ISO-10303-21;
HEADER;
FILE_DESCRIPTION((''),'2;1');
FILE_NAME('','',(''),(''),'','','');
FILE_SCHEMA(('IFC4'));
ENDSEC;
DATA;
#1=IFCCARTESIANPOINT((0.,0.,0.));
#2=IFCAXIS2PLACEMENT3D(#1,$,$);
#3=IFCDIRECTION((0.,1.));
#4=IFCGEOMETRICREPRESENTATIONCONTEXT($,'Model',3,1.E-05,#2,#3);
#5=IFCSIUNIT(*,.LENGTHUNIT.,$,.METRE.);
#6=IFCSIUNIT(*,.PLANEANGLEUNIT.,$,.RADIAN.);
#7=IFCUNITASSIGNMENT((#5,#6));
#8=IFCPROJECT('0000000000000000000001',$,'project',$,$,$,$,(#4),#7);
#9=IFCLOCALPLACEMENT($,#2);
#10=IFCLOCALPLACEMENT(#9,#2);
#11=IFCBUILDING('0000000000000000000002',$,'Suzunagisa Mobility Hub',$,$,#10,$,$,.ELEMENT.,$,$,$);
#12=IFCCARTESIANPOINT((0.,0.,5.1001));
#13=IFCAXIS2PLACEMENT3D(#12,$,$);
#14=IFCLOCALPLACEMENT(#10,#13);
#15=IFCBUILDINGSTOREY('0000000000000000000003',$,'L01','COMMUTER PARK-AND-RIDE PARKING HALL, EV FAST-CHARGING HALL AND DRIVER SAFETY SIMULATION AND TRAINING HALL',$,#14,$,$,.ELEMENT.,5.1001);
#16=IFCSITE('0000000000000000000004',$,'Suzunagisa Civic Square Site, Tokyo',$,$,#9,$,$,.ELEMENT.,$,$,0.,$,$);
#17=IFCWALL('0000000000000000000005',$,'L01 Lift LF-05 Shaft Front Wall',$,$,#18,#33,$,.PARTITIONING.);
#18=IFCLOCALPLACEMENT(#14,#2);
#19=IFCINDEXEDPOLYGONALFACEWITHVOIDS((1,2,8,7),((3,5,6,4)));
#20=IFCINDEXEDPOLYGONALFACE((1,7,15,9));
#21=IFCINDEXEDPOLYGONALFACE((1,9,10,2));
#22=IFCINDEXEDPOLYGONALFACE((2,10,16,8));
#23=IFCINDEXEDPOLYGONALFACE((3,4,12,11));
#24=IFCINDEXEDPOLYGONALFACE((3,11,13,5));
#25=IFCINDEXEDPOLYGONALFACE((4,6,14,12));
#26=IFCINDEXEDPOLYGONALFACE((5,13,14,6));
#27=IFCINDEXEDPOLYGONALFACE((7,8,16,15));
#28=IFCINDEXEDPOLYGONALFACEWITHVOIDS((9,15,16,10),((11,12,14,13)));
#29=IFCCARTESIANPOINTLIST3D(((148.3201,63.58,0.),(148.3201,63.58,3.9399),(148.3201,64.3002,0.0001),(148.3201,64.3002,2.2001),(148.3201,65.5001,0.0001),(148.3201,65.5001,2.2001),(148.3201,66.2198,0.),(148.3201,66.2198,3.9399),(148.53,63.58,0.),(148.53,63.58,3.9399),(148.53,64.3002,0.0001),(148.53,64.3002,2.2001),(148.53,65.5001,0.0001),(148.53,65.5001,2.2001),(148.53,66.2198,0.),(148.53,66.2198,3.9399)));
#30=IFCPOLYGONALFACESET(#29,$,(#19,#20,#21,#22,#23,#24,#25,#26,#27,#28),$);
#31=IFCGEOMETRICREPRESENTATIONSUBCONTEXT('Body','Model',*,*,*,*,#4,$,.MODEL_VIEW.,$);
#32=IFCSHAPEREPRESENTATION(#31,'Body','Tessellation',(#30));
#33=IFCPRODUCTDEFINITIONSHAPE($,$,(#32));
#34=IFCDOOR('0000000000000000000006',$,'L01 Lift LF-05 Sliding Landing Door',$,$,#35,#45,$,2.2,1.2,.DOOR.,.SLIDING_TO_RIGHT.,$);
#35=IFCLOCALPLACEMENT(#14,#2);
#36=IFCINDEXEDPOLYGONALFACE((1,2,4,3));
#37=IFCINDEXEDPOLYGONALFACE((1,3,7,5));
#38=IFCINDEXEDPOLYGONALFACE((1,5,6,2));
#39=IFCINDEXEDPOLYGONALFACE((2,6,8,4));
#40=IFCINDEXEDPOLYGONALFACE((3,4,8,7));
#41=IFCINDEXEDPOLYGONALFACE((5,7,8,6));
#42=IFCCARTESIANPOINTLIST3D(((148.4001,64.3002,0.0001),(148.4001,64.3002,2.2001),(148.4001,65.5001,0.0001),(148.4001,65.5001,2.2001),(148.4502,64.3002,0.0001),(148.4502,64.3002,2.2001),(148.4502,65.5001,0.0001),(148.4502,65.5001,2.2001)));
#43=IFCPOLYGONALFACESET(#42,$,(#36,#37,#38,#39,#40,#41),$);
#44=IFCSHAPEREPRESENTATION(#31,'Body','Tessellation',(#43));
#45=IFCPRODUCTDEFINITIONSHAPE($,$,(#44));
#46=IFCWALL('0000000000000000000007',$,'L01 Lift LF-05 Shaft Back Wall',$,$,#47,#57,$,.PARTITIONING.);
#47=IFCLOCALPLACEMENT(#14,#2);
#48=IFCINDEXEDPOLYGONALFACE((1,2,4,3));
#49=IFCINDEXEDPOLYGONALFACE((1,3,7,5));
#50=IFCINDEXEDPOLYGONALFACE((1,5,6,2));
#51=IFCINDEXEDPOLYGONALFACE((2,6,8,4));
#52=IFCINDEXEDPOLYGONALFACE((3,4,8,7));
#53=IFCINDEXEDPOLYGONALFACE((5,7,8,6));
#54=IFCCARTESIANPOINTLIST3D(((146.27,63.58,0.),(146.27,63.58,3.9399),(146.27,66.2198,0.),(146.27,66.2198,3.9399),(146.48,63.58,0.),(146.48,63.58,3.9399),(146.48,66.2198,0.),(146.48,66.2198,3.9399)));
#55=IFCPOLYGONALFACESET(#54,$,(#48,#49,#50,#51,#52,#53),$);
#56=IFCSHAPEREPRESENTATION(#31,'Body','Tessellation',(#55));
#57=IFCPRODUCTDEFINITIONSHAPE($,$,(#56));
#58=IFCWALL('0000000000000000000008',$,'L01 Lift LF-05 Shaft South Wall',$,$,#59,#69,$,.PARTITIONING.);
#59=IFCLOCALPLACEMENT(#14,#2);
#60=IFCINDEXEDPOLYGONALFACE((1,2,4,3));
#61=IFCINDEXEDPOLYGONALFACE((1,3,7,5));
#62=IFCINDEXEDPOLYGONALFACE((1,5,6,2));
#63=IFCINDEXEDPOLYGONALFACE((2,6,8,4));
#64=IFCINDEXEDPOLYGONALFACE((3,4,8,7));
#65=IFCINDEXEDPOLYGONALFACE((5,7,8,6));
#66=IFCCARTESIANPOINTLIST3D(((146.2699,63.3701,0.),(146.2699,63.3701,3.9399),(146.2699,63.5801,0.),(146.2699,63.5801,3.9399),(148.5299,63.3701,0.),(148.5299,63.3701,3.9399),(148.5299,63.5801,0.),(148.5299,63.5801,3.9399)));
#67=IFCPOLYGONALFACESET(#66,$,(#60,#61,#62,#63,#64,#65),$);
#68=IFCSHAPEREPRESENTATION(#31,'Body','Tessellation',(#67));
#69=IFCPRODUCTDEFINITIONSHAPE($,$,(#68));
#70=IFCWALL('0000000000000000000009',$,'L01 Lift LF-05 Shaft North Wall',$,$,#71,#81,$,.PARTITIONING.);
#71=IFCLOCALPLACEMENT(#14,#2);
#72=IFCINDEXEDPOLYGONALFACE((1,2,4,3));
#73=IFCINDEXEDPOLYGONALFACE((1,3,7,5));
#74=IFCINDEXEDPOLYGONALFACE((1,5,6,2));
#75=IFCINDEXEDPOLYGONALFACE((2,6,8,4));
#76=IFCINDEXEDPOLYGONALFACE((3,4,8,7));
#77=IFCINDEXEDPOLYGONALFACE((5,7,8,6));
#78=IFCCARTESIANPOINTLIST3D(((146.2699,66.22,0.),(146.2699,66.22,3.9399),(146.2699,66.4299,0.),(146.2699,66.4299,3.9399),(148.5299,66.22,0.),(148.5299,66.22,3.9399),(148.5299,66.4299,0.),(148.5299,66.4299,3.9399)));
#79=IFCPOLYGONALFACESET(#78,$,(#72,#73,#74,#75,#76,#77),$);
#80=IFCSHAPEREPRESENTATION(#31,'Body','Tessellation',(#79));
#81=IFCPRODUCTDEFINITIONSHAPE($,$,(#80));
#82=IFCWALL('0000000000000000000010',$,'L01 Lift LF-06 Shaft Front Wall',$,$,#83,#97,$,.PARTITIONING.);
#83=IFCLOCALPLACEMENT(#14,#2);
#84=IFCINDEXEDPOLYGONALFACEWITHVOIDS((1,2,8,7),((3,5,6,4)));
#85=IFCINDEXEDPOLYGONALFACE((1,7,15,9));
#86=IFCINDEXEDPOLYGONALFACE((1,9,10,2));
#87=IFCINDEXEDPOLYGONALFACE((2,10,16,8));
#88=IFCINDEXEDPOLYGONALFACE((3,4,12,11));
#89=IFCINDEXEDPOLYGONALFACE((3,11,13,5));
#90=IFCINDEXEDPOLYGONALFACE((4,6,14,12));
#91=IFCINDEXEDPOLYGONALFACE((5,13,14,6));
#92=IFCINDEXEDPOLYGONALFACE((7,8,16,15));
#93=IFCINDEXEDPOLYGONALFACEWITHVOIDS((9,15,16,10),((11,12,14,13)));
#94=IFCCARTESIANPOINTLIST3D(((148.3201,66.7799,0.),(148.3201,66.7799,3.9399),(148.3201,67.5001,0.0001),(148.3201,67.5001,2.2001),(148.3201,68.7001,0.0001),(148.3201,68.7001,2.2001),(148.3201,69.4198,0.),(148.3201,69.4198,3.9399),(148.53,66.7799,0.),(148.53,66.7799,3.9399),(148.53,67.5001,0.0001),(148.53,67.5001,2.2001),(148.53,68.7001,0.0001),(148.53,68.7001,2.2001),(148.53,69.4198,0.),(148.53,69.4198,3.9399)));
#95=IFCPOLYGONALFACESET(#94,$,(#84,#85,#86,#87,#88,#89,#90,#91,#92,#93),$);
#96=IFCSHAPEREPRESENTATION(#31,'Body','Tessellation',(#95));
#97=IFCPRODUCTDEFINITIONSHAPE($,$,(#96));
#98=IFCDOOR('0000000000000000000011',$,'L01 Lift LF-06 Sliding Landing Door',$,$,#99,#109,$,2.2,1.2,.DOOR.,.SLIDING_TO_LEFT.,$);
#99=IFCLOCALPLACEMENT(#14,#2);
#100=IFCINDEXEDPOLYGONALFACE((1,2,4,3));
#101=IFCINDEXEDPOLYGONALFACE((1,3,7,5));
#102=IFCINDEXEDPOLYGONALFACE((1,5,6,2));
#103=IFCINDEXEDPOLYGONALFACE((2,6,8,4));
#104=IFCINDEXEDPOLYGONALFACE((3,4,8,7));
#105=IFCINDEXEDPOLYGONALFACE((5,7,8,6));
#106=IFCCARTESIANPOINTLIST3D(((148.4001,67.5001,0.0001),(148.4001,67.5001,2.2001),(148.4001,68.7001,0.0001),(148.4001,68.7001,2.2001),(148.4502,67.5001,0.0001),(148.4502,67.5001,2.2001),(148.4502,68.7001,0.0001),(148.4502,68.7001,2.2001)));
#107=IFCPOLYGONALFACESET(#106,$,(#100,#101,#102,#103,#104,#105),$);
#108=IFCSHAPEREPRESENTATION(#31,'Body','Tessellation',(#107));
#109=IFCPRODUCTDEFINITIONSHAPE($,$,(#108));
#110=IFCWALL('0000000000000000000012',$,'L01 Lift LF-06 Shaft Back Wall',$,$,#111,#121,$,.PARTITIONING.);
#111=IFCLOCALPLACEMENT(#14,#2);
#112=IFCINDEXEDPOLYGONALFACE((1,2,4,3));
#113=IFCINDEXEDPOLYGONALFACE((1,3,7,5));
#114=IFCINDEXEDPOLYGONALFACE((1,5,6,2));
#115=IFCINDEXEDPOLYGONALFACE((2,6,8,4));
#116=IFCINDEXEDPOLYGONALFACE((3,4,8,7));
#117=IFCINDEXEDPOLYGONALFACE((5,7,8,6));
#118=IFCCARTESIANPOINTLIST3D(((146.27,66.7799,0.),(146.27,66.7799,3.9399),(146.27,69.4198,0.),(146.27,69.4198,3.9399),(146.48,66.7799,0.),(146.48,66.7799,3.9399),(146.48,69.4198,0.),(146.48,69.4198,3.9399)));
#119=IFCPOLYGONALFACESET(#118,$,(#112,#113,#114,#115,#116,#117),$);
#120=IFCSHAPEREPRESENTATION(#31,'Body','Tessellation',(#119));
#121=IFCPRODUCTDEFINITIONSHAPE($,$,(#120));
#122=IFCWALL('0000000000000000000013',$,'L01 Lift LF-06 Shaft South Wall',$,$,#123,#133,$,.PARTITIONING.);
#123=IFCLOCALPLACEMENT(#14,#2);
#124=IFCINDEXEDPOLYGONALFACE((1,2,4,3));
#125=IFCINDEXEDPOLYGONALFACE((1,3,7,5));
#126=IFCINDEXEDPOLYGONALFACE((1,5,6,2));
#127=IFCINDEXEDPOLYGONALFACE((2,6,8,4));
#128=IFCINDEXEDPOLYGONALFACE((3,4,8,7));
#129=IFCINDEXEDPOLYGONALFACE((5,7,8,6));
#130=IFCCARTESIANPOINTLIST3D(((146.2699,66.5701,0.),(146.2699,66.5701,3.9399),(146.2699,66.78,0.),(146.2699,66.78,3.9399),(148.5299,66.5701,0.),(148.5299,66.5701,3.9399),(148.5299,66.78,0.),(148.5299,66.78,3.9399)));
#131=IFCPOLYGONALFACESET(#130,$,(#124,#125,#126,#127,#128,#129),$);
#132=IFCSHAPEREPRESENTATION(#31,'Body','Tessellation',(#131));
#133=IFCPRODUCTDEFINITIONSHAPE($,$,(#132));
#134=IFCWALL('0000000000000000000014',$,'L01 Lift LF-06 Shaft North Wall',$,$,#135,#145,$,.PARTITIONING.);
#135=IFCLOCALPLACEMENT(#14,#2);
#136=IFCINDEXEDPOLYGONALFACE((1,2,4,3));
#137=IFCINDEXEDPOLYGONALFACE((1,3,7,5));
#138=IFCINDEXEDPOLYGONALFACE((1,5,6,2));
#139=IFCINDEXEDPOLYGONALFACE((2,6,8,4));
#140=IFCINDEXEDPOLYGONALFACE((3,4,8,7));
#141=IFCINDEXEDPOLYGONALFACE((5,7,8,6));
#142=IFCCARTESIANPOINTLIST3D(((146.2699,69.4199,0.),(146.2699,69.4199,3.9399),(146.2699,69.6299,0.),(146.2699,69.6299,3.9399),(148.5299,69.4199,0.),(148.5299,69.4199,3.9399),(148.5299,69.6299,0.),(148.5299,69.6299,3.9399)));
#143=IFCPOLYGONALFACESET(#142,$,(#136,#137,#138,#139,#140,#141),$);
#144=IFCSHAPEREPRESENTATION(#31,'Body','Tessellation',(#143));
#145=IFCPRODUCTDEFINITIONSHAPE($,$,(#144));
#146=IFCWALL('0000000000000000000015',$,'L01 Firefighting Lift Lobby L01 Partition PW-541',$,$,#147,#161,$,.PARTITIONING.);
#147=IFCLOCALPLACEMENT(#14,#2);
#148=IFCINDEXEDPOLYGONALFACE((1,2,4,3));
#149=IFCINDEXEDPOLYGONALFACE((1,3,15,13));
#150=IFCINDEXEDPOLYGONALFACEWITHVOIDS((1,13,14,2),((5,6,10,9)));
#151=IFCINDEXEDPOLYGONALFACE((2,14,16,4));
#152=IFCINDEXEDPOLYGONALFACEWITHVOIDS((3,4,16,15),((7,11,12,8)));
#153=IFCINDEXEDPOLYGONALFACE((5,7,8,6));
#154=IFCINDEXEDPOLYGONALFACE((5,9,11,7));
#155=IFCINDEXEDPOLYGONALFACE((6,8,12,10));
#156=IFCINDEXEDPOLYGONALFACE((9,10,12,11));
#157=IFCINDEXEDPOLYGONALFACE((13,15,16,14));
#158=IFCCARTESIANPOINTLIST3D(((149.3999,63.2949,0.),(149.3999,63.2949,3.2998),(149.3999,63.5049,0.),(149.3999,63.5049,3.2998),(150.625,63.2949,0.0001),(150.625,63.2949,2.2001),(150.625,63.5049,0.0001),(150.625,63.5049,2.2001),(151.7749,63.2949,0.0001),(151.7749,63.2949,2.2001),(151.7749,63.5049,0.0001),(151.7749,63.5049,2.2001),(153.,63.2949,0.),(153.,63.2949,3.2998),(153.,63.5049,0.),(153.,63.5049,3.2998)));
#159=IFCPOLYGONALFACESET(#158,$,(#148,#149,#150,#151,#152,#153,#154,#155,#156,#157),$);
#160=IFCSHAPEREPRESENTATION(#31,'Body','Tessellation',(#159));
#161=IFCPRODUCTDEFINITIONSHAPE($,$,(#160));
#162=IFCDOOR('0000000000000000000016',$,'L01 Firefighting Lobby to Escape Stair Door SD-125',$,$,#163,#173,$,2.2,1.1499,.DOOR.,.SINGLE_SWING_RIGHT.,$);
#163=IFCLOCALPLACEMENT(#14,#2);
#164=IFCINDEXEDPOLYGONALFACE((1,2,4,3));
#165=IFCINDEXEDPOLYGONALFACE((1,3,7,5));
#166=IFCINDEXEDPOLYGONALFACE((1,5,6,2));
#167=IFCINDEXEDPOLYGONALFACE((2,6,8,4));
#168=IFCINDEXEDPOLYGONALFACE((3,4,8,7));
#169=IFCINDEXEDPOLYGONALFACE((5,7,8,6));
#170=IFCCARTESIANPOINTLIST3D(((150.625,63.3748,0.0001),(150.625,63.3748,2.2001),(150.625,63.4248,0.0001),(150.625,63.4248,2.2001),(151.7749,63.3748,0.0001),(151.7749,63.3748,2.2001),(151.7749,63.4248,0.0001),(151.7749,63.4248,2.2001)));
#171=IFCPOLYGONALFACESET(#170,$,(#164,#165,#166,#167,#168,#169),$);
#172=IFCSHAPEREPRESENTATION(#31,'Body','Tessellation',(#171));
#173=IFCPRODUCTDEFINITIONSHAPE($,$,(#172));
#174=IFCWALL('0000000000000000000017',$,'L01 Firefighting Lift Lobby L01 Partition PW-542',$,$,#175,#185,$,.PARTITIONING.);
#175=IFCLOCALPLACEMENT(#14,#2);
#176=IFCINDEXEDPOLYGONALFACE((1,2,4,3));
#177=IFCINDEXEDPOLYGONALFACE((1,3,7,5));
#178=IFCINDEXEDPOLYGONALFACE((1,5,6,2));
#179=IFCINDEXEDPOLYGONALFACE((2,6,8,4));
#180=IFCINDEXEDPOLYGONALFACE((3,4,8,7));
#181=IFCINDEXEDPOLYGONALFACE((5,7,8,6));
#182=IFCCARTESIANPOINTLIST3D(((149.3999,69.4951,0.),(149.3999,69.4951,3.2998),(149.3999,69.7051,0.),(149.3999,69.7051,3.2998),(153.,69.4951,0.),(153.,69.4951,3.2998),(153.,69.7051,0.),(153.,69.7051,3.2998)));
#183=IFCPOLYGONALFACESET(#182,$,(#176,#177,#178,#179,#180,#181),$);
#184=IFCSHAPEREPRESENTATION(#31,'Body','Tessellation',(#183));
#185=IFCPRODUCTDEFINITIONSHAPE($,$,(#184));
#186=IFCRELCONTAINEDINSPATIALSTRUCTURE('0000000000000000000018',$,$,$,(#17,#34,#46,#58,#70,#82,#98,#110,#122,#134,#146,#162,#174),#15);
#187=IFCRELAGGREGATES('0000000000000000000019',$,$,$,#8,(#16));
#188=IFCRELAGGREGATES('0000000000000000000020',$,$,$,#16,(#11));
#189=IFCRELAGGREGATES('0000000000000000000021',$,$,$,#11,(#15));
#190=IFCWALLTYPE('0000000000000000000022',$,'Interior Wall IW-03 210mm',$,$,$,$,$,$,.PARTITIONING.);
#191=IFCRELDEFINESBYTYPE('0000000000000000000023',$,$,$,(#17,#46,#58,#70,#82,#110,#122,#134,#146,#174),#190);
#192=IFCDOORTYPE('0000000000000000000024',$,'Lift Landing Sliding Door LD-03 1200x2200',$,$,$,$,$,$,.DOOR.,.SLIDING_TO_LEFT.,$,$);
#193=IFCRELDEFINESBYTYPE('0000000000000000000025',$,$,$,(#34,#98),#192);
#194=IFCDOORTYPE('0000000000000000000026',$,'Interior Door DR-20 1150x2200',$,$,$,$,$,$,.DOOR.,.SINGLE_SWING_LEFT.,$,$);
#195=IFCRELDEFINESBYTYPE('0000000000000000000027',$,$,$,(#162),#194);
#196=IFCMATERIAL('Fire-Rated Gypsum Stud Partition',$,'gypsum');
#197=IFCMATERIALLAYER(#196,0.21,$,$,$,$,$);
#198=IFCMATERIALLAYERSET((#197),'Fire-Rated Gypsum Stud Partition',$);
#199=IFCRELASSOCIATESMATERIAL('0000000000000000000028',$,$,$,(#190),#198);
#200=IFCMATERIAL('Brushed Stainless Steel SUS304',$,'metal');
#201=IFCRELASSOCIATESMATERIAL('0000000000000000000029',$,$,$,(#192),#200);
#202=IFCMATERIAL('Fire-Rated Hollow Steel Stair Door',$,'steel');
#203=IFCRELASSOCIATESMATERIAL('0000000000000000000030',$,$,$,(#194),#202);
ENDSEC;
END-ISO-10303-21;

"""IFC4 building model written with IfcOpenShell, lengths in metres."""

from ifc_helpers import new_model, si_unit, direction, frame, frame_2d, origin, place, context, subcontext, project, spatial, rectangle, extrude, material, layer, layer_set, type_object, element, fill, save


model = new_model("IFC4")

# Units and contexts
model_context = context("Model", 3, precision=1e-05, world=origin(), true_north=direction((0.0, 1.0)))
body_context = subcontext(model_context, "Body", "Model", "MODEL_VIEW")
ifc_project = project(units=[si_unit("LENGTHUNIT", "METRE"), si_unit("PLANEANGLEUNIT", "RADIAN")], contexts=[model_context])

# Site, building, storey
site_placement = place(None, origin())
site = spatial("IfcSite", under=ifc_project, at=site_placement, Name="Suzunagisa Civic Square Site, Tokyo", CompositionType="ELEMENT", RefElevation=0.0)
building_placement = place(site_placement, origin())
building = spatial("IfcBuilding", under=site, at=building_placement, Name="Suzunagisa Mobility Hub", CompositionType="ELEMENT")
storey_placement = place(building_placement, frame((0.0, 0.0, 5.1001)))
storey = spatial("IfcBuildingStorey", under=building, at=storey_placement, Name="L01", Description="COMMUTER PARK-AND-RIDE PARKING HALL, EV FAST-CHARGING HALL AND DRIVER SAFETY SIMULATION AND TRAINING HALL", CompositionType="ELEMENT", Elevation=5.1001)

# Wall, opening, door
ifc_material_1 = material(Name="Fire-Rated Gypsum Stud Partition", Category="gypsum")
ifc_layer = layer(ifc_material_1, 0.21)
ifc_layer_set = layer_set([ifc_layer], Name="Fire-Rated Gypsum Stud Partition")
wall_type = type_object("IfcWallType", Name="Interior Wall IW-03 210mm", PredefinedType="PARTITIONING", material=ifc_layer_set)
wall_1_placement = place(storey_placement, frame((148.425, 63.5801, 0.0), z_axis=(0.0, 0.0, 1.0), x_axis=(0.0, 1.0, 0.0)))
wall_1 = element("IfcWall", 1, at=wall_1_placement, inside=storey, type_object=wall_type, Name="L01 Lift LF-05 Shaft Front Wall", PredefinedType="PARTITIONING", context=body_context, shape_type="SweptSolid", body=[
    extrude(rectangle(XDim=2.6399, YDim=0.21, at=frame_2d((1.3198, 0.0))), origin(), (0.0, 0.0, 1.0), 3.9399),
])
opening_1_placement = place(wall_1_placement, frame((0.72, 0.0, 0.0)))
opening_1 = element("IfcOpeningElement", 2, at=opening_1_placement, cuts=wall_1, PredefinedType="OPENING", context=body_context, shape_type="SweptSolid", body=[
    extrude(rectangle(XDim=1.2, YDim=2.2, at=frame_2d((0.6001, 1.1001))), frame((0.0, 0.116, 0.0), z_axis=(0.0, -1.0, 0.0), x_axis=(1.0, 0.0, 0.0)), (0.0, 0.0, 1.0), 0.2319),
])
ifc_material_2 = material(Name="Brushed Stainless Steel SUS304", Category="metal")
door_type_1 = type_object("IfcDoorType", Name="Lift Landing Sliding Door LD-03 1200x2200", OperationType="SLIDING_TO_LEFT", PredefinedType="DOOR", material=ifc_material_2)
door_1_placement = place(opening_1_placement, origin())
door_1 = element("IfcDoor", 3, at=door_1_placement, inside=storey, type_object=door_type_1, Name="L01 Lift LF-05 Sliding Landing Door", OperationType="SLIDING_TO_RIGHT", OverallHeight=2.2, OverallWidth=1.2, PredefinedType="DOOR", context=body_context, shape_type="SweptSolid", body=[
    extrude(rectangle(XDim=1.2, YDim=2.2, at=frame_2d((0.6001, 1.1001))), frame((0.0, 0.0249, 0.0), z_axis=(0.0, -1.0, 0.0), x_axis=(1.0, 0.0, 0.0)), (0.0, 0.0, 1.0), 0.05),
])
fill(opening_1, door_1)

# Walls
wall_2_placement = place(storey_placement, frame((146.375, 63.5801, 0.0), z_axis=(0.0, 0.0, 1.0), x_axis=(0.0, 1.0, 0.0)))
element("IfcWall", 4, at=wall_2_placement, inside=storey, type_object=wall_type, Name="L01 Lift LF-05 Shaft Back Wall", PredefinedType="PARTITIONING", context=body_context, shape_type="SweptSolid", body=[
    extrude(rectangle(XDim=2.6399, YDim=0.21, at=frame_2d((1.3198, 0.0))), origin(), (0.0, 0.0, 1.0), 3.9399),
])
for number, where, z_axis, x_axis, name in (
    (5, (146.27, 63.4751, 0.0), (0.0, 0.0, 1.0), (1.0, 0.0, 0.0), "L01 Lift LF-05 Shaft South Wall"),
    (6, (146.27, 66.325, 0.0), (0.0, 0.0, 1.0), (1.0, 0.0, 0.0), "L01 Lift LF-05 Shaft North Wall"),
):
    element("IfcWall", number, at=place(storey_placement, frame(where, z_axis=z_axis, x_axis=x_axis)), inside=storey, type_object=wall_type, Name=name, PredefinedType="PARTITIONING", context=body_context, shape_type="SweptSolid", body=[
        extrude(rectangle(XDim=2.26, YDim=0.21, at=frame_2d((1.1299, 0.0))), origin(), (0.0, 0.0, 1.0), 3.9399),
    ])

# Wall, opening, door
wall_3_placement = place(storey_placement, frame((148.425, 66.78, 0.0), z_axis=(0.0, 0.0, 1.0), x_axis=(0.0, 1.0, 0.0)))
wall_3 = element("IfcWall", 7, at=wall_3_placement, inside=storey, type_object=wall_type, Name="L01 Lift LF-06 Shaft Front Wall", PredefinedType="PARTITIONING", context=body_context, shape_type="SweptSolid", body=[
    extrude(rectangle(XDim=2.6399, YDim=0.21, at=frame_2d((1.3198, 0.0))), origin(), (0.0, 0.0, 1.0), 3.9399),
])
opening_2_placement = place(wall_3_placement, frame((0.72, 0.0, 0.0)))
opening_2 = element("IfcOpeningElement", 8, at=opening_2_placement, cuts=wall_3, PredefinedType="OPENING", context=body_context, shape_type="SweptSolid", body=[
    extrude(rectangle(XDim=1.2, YDim=2.2, at=frame_2d((0.6001, 1.1001))), frame((0.0, 0.116, 0.0), z_axis=(0.0, -1.0, 0.0), x_axis=(1.0, 0.0, 0.0)), (0.0, 0.0, 1.0), 0.2319),
])
door_2_placement = place(opening_2_placement, origin())
door_2 = element("IfcDoor", 9, at=door_2_placement, inside=storey, type_object=door_type_1, Name="L01 Lift LF-06 Sliding Landing Door", OperationType="SLIDING_TO_LEFT", OverallHeight=2.2, OverallWidth=1.2, PredefinedType="DOOR", context=body_context, shape_type="SweptSolid", body=[
    extrude(rectangle(XDim=1.2, YDim=2.2, at=frame_2d((0.6001, 1.1001))), frame((0.0, 0.0249, 0.0), z_axis=(0.0, -1.0, 0.0), x_axis=(1.0, 0.0, 0.0)), (0.0, 0.0, 1.0), 0.05),
])
fill(opening_2, door_2)

# Walls
wall_4_placement = place(storey_placement, frame((146.375, 66.78, 0.0), z_axis=(0.0, 0.0, 1.0), x_axis=(0.0, 1.0, 0.0)))
element("IfcWall", 10, at=wall_4_placement, inside=storey, type_object=wall_type, Name="L01 Lift LF-06 Shaft Back Wall", PredefinedType="PARTITIONING", context=body_context, shape_type="SweptSolid", body=[
    extrude(rectangle(XDim=2.6399, YDim=0.21, at=frame_2d((1.3198, 0.0))), origin(), (0.0, 0.0, 1.0), 3.9399),
])
for number, where, z_axis, x_axis, name in (
    (11, (146.27, 66.675, 0.0), (0.0, 0.0, 1.0), (1.0, 0.0, 0.0), "L01 Lift LF-06 Shaft South Wall"),
    (12, (146.27, 69.5249, 0.0), (0.0, 0.0, 1.0), (1.0, 0.0, 0.0), "L01 Lift LF-06 Shaft North Wall"),
):
    element("IfcWall", number, at=place(storey_placement, frame(where, z_axis=z_axis, x_axis=x_axis)), inside=storey, type_object=wall_type, Name=name, PredefinedType="PARTITIONING", context=body_context, shape_type="SweptSolid", body=[
        extrude(rectangle(XDim=2.26, YDim=0.21, at=frame_2d((1.1299, 0.0))), origin(), (0.0, 0.0, 1.0), 3.9399),
    ])

# Wall, opening, door
wall_5_placement = place(storey_placement, frame((149.3999, 63.3999, 0.0), z_axis=(0.0, 0.0, 1.0), x_axis=(1.0, 0.0, 0.0)))
wall_5 = element("IfcWall", 13, at=wall_5_placement, inside=storey, type_object=wall_type, Name="L01 Firefighting Lift Lobby L01 Partition PW-541", PredefinedType="PARTITIONING", context=body_context, shape_type="SweptSolid", body=[
    extrude(rectangle(XDim=3.6001, YDim=0.21, at=frame_2d((1.8, 0.0))), origin(), (0.0, 0.0, 1.0), 3.2998),
])
opening_3_placement = place(wall_5_placement, frame((1.2251, 0.0, 0.0)))
opening_3 = element("IfcOpeningElement", 14, at=opening_3_placement, cuts=wall_5, PredefinedType="OPENING", context=body_context, shape_type="SweptSolid", body=[
    extrude(rectangle(XDim=1.1499, YDim=2.2, at=frame_2d((0.575, 1.1001))), frame((0.0, 0.116, 0.0), z_axis=(0.0, -1.0, 0.0), x_axis=(1.0, 0.0, 0.0)), (0.0, 0.0, 1.0), 0.2319),
])
ifc_material_3 = material(Name="Fire-Rated Hollow Steel Stair Door", Category="steel")
door_type_2 = type_object("IfcDoorType", Name="Interior Door DR-20 1150x2200", OperationType="SINGLE_SWING_LEFT", PredefinedType="DOOR", material=ifc_material_3)
door_3_placement = place(opening_3_placement, origin())
door_3 = element("IfcDoor", 15, at=door_3_placement, inside=storey, type_object=door_type_2, Name="L01 Firefighting Lobby to Escape Stair Door SD-125", OperationType="SINGLE_SWING_RIGHT", OverallHeight=2.2, OverallWidth=1.1499, PredefinedType="DOOR", context=body_context, shape_type="SweptSolid", body=[
    extrude(rectangle(XDim=1.1499, YDim=2.2, at=frame_2d((0.575, 1.1001))), frame((0.0, 0.0249, 0.0), z_axis=(0.0, -1.0, 0.0), x_axis=(1.0, 0.0, 0.0)), (0.0, 0.0, 1.0), 0.05),
])
fill(opening_3, door_3)

# Wall
wall_6_placement = place(storey_placement, frame((149.3999, 69.6001, 0.0), z_axis=(0.0, 0.0, 1.0), x_axis=(1.0, 0.0, 0.0)))
element("IfcWall", 16, at=wall_6_placement, inside=storey, type_object=wall_type, Name="L01 Firefighting Lift Lobby L01 Partition PW-542", PredefinedType="PARTITIONING", context=body_context, shape_type="SweptSolid", body=[
    extrude(rectangle(XDim=3.6001, YDim=0.21, at=frame_2d((1.8, 0.0))), origin(), (0.0, 0.0, 1.0), 3.2998),
])

save(model, "model.ifc")
